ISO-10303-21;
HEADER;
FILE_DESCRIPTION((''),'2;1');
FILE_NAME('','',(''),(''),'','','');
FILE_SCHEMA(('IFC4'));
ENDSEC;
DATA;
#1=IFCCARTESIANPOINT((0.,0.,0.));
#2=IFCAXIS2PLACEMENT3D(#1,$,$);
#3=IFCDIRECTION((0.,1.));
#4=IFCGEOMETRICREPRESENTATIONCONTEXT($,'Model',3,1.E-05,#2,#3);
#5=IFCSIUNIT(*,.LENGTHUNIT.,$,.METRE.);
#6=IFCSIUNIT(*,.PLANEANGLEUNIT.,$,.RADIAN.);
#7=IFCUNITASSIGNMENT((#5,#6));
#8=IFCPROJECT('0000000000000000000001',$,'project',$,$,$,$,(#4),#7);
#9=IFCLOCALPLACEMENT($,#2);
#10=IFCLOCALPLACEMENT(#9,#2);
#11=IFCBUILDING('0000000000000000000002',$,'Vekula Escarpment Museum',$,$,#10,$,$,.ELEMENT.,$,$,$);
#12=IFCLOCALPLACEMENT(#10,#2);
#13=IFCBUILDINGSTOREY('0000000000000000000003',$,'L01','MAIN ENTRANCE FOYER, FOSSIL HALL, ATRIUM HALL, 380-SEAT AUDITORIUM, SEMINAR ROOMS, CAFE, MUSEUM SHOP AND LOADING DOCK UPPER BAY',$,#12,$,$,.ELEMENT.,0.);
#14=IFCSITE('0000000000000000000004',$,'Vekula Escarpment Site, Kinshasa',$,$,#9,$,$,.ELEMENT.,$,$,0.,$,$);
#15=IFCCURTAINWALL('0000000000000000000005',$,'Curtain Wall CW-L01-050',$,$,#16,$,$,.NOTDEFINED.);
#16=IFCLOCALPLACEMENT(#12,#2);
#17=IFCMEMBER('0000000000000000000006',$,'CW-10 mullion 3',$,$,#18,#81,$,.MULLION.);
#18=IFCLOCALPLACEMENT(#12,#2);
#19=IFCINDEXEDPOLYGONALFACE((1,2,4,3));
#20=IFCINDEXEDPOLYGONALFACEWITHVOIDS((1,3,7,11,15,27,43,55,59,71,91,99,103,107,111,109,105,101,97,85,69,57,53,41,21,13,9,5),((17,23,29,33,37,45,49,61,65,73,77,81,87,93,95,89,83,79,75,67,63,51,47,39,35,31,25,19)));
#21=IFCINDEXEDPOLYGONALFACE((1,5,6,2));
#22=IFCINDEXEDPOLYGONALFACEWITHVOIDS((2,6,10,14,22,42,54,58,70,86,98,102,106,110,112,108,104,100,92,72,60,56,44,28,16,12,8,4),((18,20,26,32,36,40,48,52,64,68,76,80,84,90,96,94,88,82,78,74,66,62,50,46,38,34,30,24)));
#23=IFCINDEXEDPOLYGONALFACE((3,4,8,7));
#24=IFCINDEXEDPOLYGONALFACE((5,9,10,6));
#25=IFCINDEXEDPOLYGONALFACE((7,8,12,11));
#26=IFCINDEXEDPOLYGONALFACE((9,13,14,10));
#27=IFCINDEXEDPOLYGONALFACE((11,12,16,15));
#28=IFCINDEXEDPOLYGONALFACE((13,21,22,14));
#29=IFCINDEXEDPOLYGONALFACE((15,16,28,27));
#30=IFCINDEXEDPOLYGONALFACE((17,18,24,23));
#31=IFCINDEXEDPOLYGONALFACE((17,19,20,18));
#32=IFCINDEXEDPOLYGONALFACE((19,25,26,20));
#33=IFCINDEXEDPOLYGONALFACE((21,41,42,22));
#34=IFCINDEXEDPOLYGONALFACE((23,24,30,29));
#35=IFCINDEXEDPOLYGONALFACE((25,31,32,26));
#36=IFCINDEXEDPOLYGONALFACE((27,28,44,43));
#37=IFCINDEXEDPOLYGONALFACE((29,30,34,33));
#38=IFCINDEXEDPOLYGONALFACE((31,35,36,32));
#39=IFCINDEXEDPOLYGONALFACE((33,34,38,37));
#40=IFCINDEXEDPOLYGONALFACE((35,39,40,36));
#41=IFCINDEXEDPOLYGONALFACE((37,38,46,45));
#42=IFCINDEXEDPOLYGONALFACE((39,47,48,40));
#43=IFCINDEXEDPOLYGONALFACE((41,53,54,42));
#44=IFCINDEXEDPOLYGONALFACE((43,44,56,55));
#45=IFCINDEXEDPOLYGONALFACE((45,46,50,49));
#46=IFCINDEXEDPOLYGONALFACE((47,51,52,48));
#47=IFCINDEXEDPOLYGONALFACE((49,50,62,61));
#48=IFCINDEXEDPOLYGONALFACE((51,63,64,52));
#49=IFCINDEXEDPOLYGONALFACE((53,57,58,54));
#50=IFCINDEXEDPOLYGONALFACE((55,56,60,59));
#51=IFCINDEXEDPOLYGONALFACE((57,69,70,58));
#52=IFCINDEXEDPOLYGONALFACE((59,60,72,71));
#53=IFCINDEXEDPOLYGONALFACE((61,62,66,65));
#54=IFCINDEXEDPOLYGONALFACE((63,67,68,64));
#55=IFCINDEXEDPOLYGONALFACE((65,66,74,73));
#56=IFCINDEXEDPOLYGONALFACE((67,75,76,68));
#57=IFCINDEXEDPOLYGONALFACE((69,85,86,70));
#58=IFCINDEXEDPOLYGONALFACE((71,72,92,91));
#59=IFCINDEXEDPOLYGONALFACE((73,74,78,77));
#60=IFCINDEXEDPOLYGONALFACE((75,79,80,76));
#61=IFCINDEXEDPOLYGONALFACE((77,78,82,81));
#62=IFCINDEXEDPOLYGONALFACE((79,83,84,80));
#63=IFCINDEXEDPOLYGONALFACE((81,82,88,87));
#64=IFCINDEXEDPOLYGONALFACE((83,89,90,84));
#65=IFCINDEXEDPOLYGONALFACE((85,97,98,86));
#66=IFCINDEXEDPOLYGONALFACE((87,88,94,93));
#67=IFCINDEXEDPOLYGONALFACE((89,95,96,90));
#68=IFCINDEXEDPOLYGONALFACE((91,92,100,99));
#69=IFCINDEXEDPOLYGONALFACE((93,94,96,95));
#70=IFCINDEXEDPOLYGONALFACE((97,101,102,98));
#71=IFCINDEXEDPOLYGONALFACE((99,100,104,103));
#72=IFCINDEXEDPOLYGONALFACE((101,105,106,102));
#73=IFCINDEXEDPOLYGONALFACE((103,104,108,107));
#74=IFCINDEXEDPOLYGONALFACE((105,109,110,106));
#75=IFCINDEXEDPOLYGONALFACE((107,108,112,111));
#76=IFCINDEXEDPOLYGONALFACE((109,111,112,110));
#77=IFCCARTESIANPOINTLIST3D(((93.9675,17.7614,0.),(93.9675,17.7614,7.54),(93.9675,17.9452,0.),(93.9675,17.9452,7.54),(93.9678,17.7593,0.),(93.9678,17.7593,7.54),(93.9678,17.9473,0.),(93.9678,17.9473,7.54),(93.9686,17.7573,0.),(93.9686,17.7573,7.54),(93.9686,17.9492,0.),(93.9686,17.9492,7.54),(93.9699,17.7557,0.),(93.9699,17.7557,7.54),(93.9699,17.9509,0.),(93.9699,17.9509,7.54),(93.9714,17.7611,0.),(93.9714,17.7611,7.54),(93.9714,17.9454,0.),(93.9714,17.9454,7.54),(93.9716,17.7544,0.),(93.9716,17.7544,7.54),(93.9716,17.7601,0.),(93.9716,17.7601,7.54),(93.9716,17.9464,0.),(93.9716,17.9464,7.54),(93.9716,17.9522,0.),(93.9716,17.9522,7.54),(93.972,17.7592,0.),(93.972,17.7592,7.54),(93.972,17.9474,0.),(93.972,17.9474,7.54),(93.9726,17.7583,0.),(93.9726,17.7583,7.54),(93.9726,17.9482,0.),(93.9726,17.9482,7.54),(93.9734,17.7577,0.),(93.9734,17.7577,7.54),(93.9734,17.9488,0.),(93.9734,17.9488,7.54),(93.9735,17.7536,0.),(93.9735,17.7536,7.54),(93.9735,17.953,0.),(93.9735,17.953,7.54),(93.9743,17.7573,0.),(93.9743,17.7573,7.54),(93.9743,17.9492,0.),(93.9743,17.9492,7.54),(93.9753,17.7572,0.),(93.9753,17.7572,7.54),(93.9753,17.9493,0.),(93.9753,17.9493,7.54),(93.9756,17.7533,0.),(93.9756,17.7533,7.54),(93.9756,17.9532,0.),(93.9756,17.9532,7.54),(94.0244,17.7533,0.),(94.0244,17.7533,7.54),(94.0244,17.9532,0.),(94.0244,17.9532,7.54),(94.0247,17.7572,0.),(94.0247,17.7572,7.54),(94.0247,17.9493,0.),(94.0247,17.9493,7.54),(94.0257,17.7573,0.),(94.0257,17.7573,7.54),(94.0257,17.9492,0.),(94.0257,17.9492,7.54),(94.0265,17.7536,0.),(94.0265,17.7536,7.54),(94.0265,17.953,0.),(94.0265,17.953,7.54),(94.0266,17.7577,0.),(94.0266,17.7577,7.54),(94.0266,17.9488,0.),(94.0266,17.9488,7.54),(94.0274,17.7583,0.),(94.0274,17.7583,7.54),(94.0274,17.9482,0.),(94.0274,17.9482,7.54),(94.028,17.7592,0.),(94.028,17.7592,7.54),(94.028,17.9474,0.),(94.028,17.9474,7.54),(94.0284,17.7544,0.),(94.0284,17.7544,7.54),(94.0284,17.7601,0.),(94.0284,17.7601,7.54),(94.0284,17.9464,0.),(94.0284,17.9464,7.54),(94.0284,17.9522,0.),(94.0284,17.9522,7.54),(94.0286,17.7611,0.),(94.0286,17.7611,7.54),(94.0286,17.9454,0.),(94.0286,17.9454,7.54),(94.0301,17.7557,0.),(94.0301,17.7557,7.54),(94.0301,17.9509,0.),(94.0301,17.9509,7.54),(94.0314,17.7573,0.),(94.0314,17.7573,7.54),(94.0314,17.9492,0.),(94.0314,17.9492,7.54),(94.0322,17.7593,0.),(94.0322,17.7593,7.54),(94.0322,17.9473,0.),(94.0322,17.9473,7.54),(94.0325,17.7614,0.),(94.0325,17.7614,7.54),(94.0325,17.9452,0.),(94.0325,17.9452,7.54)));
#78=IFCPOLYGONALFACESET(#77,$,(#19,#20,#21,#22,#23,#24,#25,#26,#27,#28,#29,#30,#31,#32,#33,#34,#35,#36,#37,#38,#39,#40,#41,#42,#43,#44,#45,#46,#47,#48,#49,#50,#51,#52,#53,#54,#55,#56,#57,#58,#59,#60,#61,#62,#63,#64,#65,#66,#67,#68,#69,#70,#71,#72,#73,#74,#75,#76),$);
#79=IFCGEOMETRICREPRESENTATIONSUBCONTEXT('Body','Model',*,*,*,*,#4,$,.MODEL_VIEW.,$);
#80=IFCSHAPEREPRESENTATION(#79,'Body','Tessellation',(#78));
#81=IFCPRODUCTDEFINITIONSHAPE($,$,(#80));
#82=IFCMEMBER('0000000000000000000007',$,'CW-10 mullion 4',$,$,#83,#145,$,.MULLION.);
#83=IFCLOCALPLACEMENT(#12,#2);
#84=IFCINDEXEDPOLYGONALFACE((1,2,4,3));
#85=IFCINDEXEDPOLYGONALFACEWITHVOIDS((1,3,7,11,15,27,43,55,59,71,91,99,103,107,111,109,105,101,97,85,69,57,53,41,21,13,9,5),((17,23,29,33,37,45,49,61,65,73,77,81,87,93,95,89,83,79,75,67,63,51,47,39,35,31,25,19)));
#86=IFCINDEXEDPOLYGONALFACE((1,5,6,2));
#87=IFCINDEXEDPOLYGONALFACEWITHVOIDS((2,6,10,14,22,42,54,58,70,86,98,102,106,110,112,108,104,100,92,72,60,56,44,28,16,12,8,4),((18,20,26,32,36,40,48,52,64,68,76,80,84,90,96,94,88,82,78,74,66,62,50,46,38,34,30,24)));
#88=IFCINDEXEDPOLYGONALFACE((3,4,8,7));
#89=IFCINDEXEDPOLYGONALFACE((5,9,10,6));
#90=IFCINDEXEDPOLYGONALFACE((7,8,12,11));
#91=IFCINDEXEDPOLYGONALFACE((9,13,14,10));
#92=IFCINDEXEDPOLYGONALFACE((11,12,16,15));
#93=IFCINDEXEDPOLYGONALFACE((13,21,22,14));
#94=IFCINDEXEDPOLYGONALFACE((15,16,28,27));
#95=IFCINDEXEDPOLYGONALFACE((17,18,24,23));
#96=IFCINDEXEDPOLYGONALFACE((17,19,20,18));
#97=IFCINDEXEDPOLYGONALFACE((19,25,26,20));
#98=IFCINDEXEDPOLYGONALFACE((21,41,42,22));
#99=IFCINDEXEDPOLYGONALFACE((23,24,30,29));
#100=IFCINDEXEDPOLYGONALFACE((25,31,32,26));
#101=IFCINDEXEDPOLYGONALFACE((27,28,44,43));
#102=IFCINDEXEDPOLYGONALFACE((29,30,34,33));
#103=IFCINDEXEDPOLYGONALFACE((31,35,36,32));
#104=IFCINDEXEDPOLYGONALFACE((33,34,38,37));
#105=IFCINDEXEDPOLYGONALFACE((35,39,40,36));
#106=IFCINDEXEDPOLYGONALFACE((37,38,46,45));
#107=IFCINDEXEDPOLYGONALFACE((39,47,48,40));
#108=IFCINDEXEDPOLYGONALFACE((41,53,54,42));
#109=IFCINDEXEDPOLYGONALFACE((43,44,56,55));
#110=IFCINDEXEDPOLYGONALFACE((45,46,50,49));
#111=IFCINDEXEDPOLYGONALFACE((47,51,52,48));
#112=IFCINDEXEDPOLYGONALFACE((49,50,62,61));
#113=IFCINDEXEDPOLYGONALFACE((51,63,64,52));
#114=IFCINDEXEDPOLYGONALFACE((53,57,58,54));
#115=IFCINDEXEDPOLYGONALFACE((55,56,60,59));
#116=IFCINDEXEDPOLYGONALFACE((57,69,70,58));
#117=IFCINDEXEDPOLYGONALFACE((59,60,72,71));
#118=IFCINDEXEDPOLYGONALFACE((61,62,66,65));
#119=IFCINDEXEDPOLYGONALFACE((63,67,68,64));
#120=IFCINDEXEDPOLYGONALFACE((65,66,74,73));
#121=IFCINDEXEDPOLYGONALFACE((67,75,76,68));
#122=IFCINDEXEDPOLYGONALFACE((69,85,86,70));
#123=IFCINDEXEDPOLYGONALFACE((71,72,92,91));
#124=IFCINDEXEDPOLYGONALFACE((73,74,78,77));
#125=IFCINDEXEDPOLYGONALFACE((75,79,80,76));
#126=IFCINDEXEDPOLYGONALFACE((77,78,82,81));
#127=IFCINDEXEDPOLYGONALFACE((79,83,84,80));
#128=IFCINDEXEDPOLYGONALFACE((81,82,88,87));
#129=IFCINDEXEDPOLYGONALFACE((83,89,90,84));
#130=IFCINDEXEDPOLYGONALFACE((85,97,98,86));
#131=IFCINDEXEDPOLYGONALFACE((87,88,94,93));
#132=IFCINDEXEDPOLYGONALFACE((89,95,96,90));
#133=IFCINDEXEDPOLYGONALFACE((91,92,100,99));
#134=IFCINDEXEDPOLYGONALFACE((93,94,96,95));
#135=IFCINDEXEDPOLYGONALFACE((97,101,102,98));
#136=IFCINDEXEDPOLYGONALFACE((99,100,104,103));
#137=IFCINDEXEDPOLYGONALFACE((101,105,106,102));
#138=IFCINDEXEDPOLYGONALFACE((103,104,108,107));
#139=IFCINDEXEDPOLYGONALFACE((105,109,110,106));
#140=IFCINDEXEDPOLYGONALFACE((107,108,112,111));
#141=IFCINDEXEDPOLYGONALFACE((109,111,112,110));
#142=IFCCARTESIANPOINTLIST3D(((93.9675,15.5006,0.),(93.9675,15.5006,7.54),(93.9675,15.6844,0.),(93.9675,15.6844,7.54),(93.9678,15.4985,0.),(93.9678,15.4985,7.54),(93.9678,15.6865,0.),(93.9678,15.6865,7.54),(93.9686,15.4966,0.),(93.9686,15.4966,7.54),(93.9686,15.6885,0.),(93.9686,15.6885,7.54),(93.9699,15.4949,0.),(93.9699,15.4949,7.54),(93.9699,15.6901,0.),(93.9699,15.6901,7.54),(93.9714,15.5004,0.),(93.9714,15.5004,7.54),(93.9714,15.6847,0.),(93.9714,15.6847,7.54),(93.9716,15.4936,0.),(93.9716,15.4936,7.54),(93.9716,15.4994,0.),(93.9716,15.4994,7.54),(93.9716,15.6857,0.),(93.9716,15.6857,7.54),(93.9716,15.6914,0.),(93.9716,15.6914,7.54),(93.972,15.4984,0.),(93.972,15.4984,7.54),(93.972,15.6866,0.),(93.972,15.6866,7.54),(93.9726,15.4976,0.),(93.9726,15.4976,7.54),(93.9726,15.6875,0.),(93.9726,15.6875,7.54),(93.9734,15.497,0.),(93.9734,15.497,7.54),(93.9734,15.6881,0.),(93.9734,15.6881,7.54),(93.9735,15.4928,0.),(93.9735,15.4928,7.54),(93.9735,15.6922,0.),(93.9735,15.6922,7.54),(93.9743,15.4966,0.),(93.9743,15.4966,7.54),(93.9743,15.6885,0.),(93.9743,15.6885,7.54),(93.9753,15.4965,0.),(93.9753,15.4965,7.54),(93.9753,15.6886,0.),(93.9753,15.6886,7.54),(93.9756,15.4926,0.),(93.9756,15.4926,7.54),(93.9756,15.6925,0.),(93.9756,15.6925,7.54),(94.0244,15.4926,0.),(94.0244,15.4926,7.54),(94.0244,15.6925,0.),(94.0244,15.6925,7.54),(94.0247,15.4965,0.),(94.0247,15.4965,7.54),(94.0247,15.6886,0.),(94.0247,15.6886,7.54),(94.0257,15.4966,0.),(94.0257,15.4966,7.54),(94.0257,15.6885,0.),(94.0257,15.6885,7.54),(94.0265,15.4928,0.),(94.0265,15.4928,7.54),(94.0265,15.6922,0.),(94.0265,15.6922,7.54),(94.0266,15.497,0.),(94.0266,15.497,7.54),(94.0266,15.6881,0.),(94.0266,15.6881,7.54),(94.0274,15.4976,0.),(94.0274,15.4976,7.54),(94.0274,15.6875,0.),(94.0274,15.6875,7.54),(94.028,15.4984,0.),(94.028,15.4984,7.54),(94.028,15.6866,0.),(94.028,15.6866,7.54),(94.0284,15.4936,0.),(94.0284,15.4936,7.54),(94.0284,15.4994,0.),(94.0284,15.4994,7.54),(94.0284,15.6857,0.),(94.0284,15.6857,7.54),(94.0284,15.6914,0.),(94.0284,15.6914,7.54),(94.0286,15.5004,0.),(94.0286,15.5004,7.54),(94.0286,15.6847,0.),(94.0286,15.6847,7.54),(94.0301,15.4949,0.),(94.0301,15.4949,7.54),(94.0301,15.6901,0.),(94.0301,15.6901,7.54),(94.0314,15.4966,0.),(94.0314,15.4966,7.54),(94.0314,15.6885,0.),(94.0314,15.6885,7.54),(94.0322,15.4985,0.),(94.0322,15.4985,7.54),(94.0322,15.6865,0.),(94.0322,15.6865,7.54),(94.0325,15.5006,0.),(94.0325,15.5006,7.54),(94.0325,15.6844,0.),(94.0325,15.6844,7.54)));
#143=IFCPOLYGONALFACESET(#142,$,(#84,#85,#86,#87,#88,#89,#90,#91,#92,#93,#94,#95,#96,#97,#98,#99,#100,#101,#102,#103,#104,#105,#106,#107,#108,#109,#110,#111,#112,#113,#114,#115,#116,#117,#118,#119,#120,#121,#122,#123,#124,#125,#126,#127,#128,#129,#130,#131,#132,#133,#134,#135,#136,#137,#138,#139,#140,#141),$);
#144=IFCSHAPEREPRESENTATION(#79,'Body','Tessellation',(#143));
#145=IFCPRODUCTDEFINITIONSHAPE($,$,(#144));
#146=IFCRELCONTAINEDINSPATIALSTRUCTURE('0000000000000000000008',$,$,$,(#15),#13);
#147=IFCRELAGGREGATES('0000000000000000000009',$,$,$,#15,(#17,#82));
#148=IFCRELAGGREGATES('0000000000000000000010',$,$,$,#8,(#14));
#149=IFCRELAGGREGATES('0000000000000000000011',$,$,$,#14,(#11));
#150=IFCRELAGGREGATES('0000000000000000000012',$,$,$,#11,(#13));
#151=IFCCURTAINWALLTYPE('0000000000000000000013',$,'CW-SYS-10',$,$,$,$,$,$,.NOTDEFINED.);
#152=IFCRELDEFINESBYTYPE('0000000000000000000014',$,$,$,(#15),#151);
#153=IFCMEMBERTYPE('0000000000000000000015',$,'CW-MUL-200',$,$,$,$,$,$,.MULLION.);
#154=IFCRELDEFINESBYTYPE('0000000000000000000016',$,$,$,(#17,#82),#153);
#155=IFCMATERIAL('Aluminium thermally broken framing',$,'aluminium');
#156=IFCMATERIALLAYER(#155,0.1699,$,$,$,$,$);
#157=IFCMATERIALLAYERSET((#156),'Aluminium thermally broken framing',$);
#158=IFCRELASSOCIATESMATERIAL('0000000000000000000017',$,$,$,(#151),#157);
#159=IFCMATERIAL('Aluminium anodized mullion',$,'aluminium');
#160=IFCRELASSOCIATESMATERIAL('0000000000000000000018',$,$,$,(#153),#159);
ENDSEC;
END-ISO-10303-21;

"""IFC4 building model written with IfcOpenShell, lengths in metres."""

from ifc_helpers import new_model, si_unit, direction, frame, origin, origin_2d, place, context, subcontext, project, spatial, hollow_rectangle, extrude, material, layer, layer_set, material_profile, profile_set, type_object, element, aggregate, save


model = new_model("IFC4")

# Units and contexts
model_context = context("Model", 3, precision=1e-05, world=origin(), true_north=direction((0.0, 1.0)))
body_context = subcontext(model_context, "Body", "Model", "MODEL_VIEW")
ifc_project = project(units=[si_unit("LENGTHUNIT", "METRE"), si_unit("PLANEANGLEUNIT", "RADIAN")], contexts=[model_context])

# Site, building, storey
site_placement = place(None, origin())
site = spatial("IfcSite", under=ifc_project, at=site_placement, Name="Vekula Escarpment Site, Kinshasa", CompositionType="ELEMENT", RefElevation=0.0)
building_placement = place(site_placement, origin())
building = spatial("IfcBuilding", under=site, at=building_placement, Name="Vekula Escarpment Museum", CompositionType="ELEMENT")
storey_placement = place(building_placement, origin())
storey = spatial("IfcBuildingStorey", under=building, at=storey_placement, Name="L01", Description="MAIN ENTRANCE FOYER, FOSSIL HALL, ATRIUM HALL, 380-SEAT AUDITORIUM, SEMINAR ROOMS, CAFE, MUSEUM SHOP AND LOADING DOCK UPPER BAY", CompositionType="ELEMENT", Elevation=0.0)

# Curtain wall, members
ifc_material_1 = material(Name="Aluminium thermally broken framing", Category="aluminium")
ifc_layer_1 = layer(ifc_material_1, 0.1699)
ifc_layer_set_1 = layer_set([ifc_layer_1], Name="Aluminium thermally broken framing")
curtain_wall_type = type_object("IfcCurtainWallType", Name="CW-SYS-10", PredefinedType="NOTDEFINED", material=ifc_layer_set_1)
curtain_wall_placement = place(storey_placement, origin())
curtain_wall = element("IfcCurtainWall", 1, at=curtain_wall_placement, inside=storey, type_object=curtain_wall_type, Name="Curtain Wall CW-L01-050", PredefinedType="NOTDEFINED")
ifc_material_2 = material(Name="Aluminium anodized mullion", Category="aluminium")
ifc_material_profile_1 = material_profile(ifc_material_2, hollow_rectangle(XDim=0.0649, YDim=0.2, WallThickness=0.0039, InnerFilletRadius=0.0039, OuterFilletRadius=0.0081, at=origin_2d()), Name="ALU 200x65x4")
ifc_profile_set_1 = profile_set([ifc_material_profile_1], Name="Aluminium anodized mullion")
member_type_1 = type_object("IfcMemberType", Name="CW-MUL-200", PredefinedType="MULLION", material=ifc_profile_set_1)
member_1_placement = place(storey_placement, frame((94.0, 17.8533, 0.0), z_axis=(0.0, 0.0, 1.0), x_axis=(1.0, 0.0, 0.0)))
member_1 = element("IfcMember", 2, at=member_1_placement, type_object=member_type_1, Name="CW-10 mullion 3", PredefinedType="MULLION", context=body_context, shape_type="SweptSolid", body=[
    extrude(hollow_rectangle(XDim=0.0649, YDim=0.2, WallThickness=0.0039, InnerFilletRadius=0.0039, OuterFilletRadius=0.0081, at=origin_2d()), origin(), (0.0, 0.0, 1.0), 7.54),
])
member_2_placement = place(storey_placement, frame((94.0, 15.5925, 0.0), z_axis=(0.0, 0.0, 1.0), x_axis=(1.0, 0.0, 0.0)))
member_2 = element("IfcMember", 3, at=member_2_placement, type_object=member_type_1, Name="CW-10 mullion 4", PredefinedType="MULLION", context=body_context, shape_type="SweptSolid", body=[
    extrude(hollow_rectangle(XDim=0.0649, YDim=0.2, WallThickness=0.0039, InnerFilletRadius=0.0039, OuterFilletRadius=0.0081, at=origin_2d()), origin(), (0.0, 0.0, 1.0), 7.54),
])

aggregate(curtain_wall, [member_1, member_2])

save(model, "model.ifc")
